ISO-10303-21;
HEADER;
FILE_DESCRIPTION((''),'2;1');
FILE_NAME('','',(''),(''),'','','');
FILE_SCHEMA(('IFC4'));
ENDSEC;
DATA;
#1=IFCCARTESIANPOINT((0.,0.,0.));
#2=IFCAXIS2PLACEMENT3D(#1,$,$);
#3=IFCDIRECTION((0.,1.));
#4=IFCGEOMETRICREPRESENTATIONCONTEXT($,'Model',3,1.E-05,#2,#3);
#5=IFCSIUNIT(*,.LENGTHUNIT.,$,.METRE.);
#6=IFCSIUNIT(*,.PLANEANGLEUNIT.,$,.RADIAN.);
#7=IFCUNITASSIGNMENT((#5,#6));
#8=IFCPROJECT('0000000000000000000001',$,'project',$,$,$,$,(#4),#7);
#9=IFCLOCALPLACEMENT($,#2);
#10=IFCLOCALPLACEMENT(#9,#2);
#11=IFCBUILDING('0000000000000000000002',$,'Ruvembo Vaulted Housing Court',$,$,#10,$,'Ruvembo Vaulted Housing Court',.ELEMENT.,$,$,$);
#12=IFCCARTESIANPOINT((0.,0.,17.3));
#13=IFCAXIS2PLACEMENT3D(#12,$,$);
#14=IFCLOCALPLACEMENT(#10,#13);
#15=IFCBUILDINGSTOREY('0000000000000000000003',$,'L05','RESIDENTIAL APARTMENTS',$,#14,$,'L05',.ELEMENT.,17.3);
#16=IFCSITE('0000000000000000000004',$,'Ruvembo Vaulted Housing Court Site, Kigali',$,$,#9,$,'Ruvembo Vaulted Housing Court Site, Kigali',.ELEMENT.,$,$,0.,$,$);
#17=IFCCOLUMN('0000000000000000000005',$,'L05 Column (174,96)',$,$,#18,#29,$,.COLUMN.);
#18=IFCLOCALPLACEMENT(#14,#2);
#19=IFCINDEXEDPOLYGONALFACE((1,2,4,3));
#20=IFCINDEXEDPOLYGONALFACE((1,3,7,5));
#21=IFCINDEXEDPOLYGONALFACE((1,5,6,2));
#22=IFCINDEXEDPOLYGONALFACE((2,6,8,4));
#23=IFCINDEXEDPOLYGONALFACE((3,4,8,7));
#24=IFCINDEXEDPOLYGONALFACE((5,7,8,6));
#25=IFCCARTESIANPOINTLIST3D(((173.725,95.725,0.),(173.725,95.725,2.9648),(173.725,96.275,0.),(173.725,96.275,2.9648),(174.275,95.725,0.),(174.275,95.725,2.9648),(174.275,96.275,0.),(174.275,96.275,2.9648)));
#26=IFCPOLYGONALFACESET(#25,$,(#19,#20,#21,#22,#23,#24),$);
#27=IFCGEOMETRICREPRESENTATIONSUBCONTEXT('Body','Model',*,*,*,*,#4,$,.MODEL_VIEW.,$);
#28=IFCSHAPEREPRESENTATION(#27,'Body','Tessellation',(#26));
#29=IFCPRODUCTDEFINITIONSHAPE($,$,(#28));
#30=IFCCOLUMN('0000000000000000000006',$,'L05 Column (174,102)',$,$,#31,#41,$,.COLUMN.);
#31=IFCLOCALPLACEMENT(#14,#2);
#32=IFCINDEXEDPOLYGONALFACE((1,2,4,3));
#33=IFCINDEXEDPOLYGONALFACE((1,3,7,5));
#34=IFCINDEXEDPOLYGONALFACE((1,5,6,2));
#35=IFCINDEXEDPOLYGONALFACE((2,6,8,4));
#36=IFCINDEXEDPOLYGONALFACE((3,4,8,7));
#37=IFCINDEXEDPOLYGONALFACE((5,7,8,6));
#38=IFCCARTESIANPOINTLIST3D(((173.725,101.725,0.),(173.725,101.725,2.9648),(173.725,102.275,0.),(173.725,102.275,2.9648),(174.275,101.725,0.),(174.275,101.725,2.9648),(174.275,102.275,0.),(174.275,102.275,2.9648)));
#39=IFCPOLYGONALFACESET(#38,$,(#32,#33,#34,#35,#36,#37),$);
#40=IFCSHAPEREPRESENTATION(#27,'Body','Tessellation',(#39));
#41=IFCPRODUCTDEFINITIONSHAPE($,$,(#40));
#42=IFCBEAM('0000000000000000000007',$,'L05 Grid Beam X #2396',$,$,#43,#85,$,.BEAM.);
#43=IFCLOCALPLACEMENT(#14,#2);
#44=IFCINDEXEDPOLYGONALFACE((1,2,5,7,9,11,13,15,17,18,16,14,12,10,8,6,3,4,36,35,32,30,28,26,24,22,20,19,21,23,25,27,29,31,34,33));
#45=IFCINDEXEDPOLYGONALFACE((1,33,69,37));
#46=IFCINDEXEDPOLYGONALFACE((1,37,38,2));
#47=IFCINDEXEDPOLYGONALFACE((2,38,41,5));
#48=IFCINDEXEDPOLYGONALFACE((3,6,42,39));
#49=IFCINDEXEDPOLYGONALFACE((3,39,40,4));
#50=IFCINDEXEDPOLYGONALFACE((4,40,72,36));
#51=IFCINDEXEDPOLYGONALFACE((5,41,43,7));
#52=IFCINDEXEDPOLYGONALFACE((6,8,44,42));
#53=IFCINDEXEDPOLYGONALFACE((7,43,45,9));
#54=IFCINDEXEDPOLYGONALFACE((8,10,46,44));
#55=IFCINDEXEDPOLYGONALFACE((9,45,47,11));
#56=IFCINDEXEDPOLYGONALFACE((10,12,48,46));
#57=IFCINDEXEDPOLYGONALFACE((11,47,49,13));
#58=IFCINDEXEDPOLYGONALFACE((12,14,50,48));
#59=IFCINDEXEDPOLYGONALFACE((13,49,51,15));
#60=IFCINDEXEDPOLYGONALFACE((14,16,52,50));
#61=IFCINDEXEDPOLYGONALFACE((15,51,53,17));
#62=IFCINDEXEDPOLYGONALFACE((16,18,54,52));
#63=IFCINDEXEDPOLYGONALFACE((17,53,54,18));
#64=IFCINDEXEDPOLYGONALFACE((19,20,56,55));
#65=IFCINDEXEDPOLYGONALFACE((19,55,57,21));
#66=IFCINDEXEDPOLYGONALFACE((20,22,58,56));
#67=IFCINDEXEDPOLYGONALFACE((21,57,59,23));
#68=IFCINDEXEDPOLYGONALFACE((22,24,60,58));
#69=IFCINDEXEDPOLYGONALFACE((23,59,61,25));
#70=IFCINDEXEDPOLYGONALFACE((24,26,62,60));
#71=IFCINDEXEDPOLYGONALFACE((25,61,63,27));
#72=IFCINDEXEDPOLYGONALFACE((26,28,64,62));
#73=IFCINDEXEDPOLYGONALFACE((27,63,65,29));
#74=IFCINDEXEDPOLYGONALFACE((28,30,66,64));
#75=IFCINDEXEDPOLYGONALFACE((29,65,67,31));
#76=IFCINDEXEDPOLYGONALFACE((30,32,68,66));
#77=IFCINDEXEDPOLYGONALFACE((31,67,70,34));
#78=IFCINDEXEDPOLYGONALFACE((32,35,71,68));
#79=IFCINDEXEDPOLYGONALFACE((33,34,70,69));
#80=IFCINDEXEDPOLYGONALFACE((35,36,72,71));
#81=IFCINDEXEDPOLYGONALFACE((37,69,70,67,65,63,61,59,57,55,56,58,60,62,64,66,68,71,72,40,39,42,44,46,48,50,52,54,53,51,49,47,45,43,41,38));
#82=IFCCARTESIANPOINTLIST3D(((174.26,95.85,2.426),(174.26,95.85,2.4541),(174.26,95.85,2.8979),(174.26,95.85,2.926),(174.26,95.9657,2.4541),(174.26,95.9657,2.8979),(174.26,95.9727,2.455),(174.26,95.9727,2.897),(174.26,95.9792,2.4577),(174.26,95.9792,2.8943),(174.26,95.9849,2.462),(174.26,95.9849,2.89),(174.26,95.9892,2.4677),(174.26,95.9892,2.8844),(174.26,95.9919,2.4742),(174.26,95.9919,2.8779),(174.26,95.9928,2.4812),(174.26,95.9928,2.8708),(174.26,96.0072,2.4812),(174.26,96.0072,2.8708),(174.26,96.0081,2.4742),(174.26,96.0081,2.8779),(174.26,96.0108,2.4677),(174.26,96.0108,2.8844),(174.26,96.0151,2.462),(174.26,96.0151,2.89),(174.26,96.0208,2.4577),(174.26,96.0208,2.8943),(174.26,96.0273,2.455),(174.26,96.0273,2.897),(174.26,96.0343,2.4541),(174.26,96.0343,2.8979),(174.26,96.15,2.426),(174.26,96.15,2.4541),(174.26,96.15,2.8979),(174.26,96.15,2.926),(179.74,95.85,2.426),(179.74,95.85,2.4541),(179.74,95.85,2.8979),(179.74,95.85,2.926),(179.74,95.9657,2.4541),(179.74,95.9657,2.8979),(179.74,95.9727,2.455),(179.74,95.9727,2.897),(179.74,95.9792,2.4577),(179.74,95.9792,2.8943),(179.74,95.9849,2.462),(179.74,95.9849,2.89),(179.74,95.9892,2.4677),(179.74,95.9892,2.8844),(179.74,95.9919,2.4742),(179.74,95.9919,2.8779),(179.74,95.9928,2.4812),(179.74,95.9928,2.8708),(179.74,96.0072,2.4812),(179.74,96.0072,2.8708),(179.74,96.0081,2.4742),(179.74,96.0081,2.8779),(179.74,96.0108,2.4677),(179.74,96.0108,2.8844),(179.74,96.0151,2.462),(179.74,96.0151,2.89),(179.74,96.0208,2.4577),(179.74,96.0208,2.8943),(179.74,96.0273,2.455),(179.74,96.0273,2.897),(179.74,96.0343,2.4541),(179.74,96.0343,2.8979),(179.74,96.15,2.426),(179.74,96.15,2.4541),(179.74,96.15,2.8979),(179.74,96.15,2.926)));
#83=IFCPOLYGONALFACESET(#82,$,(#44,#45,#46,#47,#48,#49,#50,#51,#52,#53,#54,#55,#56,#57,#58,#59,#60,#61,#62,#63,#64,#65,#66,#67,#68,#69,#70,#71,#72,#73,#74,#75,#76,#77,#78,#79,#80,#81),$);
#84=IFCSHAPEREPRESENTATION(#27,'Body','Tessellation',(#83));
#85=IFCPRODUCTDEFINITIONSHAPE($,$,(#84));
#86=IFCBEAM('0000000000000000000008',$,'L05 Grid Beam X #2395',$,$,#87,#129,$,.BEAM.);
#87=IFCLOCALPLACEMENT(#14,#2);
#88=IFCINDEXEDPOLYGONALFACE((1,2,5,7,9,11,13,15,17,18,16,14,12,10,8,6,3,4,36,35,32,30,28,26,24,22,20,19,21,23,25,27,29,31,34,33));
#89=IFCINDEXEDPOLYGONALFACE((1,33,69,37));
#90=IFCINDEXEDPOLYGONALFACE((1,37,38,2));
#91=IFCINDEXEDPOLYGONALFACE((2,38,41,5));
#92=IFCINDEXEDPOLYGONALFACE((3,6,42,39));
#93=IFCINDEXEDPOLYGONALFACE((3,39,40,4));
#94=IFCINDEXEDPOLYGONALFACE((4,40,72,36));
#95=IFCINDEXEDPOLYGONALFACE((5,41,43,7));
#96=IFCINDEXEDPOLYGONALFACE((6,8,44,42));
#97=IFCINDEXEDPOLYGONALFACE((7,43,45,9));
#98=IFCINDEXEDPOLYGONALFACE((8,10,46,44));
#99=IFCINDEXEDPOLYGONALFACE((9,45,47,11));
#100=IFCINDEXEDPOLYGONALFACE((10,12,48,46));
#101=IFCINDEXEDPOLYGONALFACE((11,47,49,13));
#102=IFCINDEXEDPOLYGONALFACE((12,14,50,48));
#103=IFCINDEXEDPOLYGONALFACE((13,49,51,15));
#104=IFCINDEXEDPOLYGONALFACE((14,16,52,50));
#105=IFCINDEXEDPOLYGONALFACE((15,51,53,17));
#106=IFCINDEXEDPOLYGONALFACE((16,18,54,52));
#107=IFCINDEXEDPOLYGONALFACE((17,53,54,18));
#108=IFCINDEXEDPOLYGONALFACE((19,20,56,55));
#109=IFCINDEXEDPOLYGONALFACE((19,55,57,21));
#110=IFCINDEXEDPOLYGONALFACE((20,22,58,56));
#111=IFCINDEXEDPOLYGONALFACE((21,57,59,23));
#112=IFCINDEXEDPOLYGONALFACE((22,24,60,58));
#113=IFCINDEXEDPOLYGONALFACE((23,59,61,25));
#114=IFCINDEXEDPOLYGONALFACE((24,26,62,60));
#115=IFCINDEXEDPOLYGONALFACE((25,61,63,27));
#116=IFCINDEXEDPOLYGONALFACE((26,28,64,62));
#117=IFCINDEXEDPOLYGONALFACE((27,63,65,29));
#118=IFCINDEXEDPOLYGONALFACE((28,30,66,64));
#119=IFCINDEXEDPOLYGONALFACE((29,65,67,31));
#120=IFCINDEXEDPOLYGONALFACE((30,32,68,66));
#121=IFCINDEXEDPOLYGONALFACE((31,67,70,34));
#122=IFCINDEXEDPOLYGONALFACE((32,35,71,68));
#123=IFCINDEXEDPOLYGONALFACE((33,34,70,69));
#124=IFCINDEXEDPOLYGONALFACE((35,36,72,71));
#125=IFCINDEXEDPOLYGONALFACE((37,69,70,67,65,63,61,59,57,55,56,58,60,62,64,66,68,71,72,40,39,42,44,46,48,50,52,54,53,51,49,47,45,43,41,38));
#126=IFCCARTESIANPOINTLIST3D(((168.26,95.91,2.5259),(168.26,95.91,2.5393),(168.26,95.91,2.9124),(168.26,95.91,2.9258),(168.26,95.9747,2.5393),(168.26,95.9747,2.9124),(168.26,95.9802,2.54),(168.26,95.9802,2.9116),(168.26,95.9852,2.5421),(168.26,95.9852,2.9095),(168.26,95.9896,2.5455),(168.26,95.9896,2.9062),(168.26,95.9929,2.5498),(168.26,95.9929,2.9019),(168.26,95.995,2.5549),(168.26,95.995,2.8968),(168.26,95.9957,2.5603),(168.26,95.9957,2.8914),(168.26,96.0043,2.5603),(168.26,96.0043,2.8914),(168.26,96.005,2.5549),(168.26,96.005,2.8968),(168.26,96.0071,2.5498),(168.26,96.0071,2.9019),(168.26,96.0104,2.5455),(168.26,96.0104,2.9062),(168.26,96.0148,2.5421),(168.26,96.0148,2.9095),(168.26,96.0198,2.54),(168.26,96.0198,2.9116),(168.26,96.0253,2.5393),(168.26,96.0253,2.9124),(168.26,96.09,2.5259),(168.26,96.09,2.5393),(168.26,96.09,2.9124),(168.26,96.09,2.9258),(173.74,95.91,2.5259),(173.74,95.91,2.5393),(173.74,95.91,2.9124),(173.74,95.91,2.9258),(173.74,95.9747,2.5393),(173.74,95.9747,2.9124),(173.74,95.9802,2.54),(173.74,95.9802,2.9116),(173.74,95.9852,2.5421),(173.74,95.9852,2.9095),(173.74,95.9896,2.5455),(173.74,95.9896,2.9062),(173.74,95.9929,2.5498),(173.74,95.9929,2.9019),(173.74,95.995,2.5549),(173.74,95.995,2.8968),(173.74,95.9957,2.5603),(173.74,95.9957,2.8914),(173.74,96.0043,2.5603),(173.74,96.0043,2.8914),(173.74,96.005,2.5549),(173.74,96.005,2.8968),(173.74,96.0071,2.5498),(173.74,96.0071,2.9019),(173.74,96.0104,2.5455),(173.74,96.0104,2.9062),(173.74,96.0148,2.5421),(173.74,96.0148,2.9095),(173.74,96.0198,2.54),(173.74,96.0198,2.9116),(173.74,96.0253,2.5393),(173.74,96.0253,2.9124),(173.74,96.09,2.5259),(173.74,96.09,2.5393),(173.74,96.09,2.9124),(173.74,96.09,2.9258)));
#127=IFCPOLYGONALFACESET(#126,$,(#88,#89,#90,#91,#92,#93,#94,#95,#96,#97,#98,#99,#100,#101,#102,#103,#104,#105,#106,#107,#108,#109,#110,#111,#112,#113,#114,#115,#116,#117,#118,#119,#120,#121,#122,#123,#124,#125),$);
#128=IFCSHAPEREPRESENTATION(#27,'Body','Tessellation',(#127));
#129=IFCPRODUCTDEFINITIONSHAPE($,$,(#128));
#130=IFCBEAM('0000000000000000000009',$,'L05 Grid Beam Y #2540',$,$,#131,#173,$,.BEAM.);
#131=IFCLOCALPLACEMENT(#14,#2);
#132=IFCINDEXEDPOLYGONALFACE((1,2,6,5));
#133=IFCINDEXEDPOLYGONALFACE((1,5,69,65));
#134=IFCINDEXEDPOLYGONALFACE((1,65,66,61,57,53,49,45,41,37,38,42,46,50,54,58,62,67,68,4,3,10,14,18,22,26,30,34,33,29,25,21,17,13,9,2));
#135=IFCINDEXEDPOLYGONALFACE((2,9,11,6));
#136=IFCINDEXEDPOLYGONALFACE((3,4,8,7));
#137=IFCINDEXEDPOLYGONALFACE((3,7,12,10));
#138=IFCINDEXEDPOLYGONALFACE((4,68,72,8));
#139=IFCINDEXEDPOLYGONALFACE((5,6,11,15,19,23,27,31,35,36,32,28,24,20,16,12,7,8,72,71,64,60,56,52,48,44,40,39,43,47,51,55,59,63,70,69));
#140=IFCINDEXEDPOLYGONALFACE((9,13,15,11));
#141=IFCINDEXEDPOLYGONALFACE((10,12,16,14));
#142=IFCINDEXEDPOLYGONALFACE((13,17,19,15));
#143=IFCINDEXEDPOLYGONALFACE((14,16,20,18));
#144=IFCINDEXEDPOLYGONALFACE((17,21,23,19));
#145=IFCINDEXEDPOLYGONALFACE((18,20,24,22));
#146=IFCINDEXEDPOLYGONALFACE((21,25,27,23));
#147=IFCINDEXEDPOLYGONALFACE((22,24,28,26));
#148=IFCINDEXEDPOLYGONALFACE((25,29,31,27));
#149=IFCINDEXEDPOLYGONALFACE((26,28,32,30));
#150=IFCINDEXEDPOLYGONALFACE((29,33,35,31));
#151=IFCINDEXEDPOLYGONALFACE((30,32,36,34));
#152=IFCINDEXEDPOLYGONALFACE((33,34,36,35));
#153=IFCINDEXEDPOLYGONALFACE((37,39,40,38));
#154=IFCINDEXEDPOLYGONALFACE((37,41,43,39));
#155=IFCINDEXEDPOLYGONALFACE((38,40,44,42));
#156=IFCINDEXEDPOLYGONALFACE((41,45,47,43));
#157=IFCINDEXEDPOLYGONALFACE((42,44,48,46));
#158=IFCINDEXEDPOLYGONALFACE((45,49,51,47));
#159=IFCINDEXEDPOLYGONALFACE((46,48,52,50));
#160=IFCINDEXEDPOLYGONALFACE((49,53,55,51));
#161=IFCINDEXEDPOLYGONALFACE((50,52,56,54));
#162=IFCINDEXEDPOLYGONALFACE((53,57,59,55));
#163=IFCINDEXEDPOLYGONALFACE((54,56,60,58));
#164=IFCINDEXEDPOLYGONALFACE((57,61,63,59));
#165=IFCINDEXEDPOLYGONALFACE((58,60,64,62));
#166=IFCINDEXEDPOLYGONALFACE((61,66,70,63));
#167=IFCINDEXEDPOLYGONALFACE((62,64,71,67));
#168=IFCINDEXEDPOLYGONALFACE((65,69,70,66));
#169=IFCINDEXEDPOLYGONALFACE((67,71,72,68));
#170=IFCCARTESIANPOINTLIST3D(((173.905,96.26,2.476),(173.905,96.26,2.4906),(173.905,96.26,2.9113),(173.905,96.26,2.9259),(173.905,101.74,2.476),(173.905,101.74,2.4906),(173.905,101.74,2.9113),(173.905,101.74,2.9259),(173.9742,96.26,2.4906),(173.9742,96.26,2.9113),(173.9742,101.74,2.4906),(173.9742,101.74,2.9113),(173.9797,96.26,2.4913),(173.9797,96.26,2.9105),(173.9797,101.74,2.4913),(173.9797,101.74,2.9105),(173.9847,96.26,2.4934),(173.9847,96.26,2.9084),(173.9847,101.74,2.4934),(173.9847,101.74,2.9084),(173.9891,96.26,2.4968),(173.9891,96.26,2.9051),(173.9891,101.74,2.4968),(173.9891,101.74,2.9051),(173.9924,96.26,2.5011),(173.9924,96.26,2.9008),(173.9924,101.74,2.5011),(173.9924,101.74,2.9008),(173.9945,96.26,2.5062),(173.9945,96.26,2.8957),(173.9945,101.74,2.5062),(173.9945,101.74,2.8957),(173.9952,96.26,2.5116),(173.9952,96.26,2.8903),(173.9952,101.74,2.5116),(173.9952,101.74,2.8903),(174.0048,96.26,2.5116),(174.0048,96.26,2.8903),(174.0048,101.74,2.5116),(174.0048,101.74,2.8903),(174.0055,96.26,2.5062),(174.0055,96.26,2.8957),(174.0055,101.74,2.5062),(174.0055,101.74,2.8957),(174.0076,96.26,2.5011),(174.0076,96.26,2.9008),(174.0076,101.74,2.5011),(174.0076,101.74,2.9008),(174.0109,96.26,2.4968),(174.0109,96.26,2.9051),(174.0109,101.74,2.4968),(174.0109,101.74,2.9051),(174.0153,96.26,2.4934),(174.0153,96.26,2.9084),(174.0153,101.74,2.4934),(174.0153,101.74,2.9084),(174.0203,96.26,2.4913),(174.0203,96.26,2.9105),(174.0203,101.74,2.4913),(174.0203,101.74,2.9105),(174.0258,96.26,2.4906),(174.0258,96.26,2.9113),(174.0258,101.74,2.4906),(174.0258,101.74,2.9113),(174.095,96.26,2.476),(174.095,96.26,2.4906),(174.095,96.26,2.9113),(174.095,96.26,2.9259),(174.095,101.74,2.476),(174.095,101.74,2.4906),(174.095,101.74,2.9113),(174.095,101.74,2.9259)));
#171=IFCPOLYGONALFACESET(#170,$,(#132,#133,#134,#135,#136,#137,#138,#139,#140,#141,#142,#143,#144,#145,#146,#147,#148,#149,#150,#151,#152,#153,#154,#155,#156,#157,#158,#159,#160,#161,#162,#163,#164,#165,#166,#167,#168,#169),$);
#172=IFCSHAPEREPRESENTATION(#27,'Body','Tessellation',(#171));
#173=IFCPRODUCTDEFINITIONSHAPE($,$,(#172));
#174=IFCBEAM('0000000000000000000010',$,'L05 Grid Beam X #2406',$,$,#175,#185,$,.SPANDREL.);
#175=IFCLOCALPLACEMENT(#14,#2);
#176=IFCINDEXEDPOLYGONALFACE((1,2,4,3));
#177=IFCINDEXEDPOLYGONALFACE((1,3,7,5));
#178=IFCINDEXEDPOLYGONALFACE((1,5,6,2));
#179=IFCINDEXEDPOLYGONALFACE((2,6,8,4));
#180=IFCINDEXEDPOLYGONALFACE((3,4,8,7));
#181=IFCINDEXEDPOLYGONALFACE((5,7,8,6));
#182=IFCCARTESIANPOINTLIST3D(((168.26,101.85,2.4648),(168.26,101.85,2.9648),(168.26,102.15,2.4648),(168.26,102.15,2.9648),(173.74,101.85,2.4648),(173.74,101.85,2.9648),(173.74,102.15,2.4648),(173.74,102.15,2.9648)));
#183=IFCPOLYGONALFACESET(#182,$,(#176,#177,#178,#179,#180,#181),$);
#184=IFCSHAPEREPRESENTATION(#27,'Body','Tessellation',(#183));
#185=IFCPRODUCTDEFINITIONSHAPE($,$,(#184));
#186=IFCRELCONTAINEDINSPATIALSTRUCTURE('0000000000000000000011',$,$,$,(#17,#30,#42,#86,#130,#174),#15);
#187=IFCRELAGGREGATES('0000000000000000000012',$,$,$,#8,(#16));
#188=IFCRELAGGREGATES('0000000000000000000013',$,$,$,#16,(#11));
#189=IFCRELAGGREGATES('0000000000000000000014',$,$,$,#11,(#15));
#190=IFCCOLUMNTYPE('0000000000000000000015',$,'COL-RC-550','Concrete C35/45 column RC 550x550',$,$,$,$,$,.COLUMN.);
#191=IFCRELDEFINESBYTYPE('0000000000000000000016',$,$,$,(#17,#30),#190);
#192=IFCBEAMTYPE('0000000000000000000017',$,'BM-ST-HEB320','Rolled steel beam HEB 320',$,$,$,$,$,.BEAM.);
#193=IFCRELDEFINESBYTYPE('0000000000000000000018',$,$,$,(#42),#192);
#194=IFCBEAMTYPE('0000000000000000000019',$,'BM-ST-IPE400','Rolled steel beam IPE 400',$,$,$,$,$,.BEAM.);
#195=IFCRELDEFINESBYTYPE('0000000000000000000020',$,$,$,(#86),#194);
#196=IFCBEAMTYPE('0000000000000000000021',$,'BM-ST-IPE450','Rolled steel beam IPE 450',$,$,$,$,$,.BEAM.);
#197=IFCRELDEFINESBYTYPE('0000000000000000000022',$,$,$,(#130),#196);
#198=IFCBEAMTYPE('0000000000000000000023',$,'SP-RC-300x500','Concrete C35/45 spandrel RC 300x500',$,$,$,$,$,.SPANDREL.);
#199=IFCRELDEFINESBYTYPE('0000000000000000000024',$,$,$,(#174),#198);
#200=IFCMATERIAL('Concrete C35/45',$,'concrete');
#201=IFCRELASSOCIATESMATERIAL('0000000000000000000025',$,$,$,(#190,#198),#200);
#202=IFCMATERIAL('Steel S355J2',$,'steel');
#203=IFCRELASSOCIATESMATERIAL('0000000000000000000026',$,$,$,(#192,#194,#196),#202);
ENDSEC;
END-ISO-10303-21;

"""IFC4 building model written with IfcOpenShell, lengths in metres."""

from ifc_helpers import new_model, si_unit, direction, frame, origin, origin_2d, place, context, subcontext, project, spatial, rectangle, i_section, extrude, material, material_profile, profile_set, type_object, element, save


model = new_model("IFC4")

# Units and contexts
model_context = context("Model", 3, precision=1e-05, world=origin(), true_north=direction((0.0, 1.0)))
body_context = subcontext(model_context, "Body", "Model", "MODEL_VIEW")
ifc_project = project(units=[si_unit("LENGTHUNIT", "METRE"), si_unit("PLANEANGLEUNIT", "RADIAN")], contexts=[model_context])

# Site, building, storey
site_placement = place(None, origin())
site = spatial("IfcSite", under=ifc_project, at=site_placement, Name="Ruvembo Vaulted Housing Court Site, Kigali", LongName="Ruvembo Vaulted Housing Court Site, Kigali", CompositionType="ELEMENT", RefElevation=0.0)
building_placement = place(site_placement, origin())
building = spatial("IfcBuilding", under=site, at=building_placement, Name="Ruvembo Vaulted Housing Court", LongName="Ruvembo Vaulted Housing Court", CompositionType="ELEMENT")
storey_placement = place(building_placement, frame((0.0, 0.0, 17.3)))
storey = spatial("IfcBuildingStorey", under=building, at=storey_placement, Name="L05", Description="RESIDENTIAL APARTMENTS", LongName="L05", CompositionType="ELEMENT", Elevation=17.3)

# Columns
ifc_material_1 = material(Name="Concrete C35/45", Category="concrete")
ifc_material_profile_1 = material_profile(ifc_material_1, rectangle(XDim=0.55, YDim=0.55, at=origin_2d()), Name="RC 550x550")
ifc_profile_set_1 = profile_set([ifc_material_profile_1], Name="Concrete C35/45")
column_type = type_object("IfcColumnType", Name="COL-RC-550", Description="Concrete C35/45 column RC 550x550", PredefinedType="COLUMN", material=ifc_profile_set_1)
for number, where, z_axis, x_axis, name in (
    (1, (174.0, 96.0, 0.0), (0.0, 0.0, 1.0), (1.0, 0.0, 0.0), "L05 Column (174,96)"),
    (2, (174.0, 102.0, 0.0), (0.0, 0.0, 1.0), (1.0, 0.0, 0.0), "L05 Column (174,102)"),
):
    element("IfcColumn", number, at=place(storey_placement, frame(where, z_axis=z_axis, x_axis=x_axis)), inside=storey, type_object=column_type, Name=name, PredefinedType="COLUMN", context=body_context, shape_type="SweptSolid", body=[
        extrude(rectangle(XDim=0.55, YDim=0.55, at=origin_2d()), origin(), (0.0, 0.0, 1.0), 2.9648),
    ])

# Beams
ifc_material_2 = material(Name="Steel S355J2", Category="steel")
ifc_material_profile_2 = material_profile(ifc_material_2, i_section(OverallWidth=0.3, OverallDepth=0.5, WebThickness=0.0144, FlangeThickness=0.0281, FilletRadius=0.0271, at=origin_2d()), Name="HEB 320")
ifc_profile_set_2 = profile_set([ifc_material_profile_2], Name="Steel S355J2")
beam_type_1 = type_object("IfcBeamType", Name="BM-ST-HEB320", Description="Rolled steel beam HEB 320", PredefinedType="BEAM", material=ifc_profile_set_2)
beam_1_placement = place(storey_placement, frame((174.26, 96.0, 2.676), z_axis=(1.0, 0.0, 0.0), x_axis=(0.0, 1.0, 0.0)))
element("IfcBeam", 3, at=beam_1_placement, inside=storey, type_object=beam_type_1, Name="L05 Grid Beam X #2396", PredefinedType="BEAM", context=body_context, shape_type="SweptSolid", body=[
    extrude(i_section(OverallWidth=0.3, OverallDepth=0.5, WebThickness=0.0144, FlangeThickness=0.0281, FilletRadius=0.0271, at=origin_2d()), origin(), (0.0, 0.0, 1.0), 5.48),
])
ifc_material_profile_3 = material_profile(ifc_material_2, i_section(OverallWidth=0.1799, OverallDepth=0.3999, WebThickness=0.0085, FlangeThickness=0.0134, FilletRadius=0.021, at=origin_2d()), Name="IPE 400")
ifc_profile_set_3 = profile_set([ifc_material_profile_3], Name="Steel S355J2")
beam_type_2 = type_object("IfcBeamType", Name="BM-ST-IPE400", Description="Rolled steel beam IPE 400", PredefinedType="BEAM", material=ifc_profile_set_3)
beam_2_placement = place(storey_placement, frame((168.26, 96.0, 2.7258), z_axis=(1.0, 0.0, 0.0), x_axis=(0.0, 1.0, 0.0)))
element("IfcBeam", 4, at=beam_2_placement, inside=storey, type_object=beam_type_2, Name="L05 Grid Beam X #2395", PredefinedType="BEAM", context=body_context, shape_type="SweptSolid", body=[
    extrude(i_section(OverallWidth=0.1799, OverallDepth=0.3999, WebThickness=0.0085, FlangeThickness=0.0134, FilletRadius=0.021, at=origin_2d()), origin(), (0.0, 0.0, 1.0), 5.48),
])
ifc_material_profile_4 = material_profile(ifc_material_2, i_section(OverallWidth=0.1899, OverallDepth=0.45, WebThickness=0.0095, FlangeThickness=0.0146, FilletRadius=0.021, at=origin_2d()), Name="IPE 450")
ifc_profile_set_4 = profile_set([ifc_material_profile_4], Name="Steel S355J2")
beam_type_3 = type_object("IfcBeamType", Name="BM-ST-IPE450", Description="Rolled steel beam IPE 450", PredefinedType="BEAM", material=ifc_profile_set_4)
beam_3_placement = place(storey_placement, frame((174.0, 96.26, 2.7009), z_axis=(0.0, 1.0, 0.0), x_axis=(-1.0, 0.0, 0.0)))
element("IfcBeam", 5, at=beam_3_placement, inside=storey, type_object=beam_type_3, Name="L05 Grid Beam Y #2540", PredefinedType="BEAM", context=body_context, shape_type="SweptSolid", body=[
    extrude(i_section(OverallWidth=0.1899, OverallDepth=0.45, WebThickness=0.0095, FlangeThickness=0.0146, FilletRadius=0.021, at=origin_2d()), origin(), (0.0, 0.0, 1.0), 5.48),
])
ifc_material_profile_5 = material_profile(ifc_material_1, rectangle(XDim=0.3, YDim=0.5, at=origin_2d()), Name="RC 300x500")
ifc_profile_set_5 = profile_set([ifc_material_profile_5], Name="Concrete C35/45")
beam_type_4 = type_object("IfcBeamType", Name="SP-RC-300x500", Description="Concrete C35/45 spandrel RC 300x500", PredefinedType="SPANDREL", material=ifc_profile_set_5)
for number, where, z_axis, x_axis, name in (
    (6, (168.26, 102.0, 2.7148), (1.0, 0.0, 0.0), (0.0, 1.0, 0.0), "L05 Grid Beam X #2406"),
):
    element("IfcBeam", number, at=place(storey_placement, frame(where, z_axis=z_axis, x_axis=x_axis)), inside=storey, type_object=beam_type_4, Name=name, PredefinedType="SPANDREL", context=body_context, shape_type="SweptSolid", body=[
        extrude(rectangle(XDim=0.3, YDim=0.5, at=origin_2d()), origin(), (0.0, 0.0, 1.0), 5.48),
    ])

save(model, "model.ifc")
